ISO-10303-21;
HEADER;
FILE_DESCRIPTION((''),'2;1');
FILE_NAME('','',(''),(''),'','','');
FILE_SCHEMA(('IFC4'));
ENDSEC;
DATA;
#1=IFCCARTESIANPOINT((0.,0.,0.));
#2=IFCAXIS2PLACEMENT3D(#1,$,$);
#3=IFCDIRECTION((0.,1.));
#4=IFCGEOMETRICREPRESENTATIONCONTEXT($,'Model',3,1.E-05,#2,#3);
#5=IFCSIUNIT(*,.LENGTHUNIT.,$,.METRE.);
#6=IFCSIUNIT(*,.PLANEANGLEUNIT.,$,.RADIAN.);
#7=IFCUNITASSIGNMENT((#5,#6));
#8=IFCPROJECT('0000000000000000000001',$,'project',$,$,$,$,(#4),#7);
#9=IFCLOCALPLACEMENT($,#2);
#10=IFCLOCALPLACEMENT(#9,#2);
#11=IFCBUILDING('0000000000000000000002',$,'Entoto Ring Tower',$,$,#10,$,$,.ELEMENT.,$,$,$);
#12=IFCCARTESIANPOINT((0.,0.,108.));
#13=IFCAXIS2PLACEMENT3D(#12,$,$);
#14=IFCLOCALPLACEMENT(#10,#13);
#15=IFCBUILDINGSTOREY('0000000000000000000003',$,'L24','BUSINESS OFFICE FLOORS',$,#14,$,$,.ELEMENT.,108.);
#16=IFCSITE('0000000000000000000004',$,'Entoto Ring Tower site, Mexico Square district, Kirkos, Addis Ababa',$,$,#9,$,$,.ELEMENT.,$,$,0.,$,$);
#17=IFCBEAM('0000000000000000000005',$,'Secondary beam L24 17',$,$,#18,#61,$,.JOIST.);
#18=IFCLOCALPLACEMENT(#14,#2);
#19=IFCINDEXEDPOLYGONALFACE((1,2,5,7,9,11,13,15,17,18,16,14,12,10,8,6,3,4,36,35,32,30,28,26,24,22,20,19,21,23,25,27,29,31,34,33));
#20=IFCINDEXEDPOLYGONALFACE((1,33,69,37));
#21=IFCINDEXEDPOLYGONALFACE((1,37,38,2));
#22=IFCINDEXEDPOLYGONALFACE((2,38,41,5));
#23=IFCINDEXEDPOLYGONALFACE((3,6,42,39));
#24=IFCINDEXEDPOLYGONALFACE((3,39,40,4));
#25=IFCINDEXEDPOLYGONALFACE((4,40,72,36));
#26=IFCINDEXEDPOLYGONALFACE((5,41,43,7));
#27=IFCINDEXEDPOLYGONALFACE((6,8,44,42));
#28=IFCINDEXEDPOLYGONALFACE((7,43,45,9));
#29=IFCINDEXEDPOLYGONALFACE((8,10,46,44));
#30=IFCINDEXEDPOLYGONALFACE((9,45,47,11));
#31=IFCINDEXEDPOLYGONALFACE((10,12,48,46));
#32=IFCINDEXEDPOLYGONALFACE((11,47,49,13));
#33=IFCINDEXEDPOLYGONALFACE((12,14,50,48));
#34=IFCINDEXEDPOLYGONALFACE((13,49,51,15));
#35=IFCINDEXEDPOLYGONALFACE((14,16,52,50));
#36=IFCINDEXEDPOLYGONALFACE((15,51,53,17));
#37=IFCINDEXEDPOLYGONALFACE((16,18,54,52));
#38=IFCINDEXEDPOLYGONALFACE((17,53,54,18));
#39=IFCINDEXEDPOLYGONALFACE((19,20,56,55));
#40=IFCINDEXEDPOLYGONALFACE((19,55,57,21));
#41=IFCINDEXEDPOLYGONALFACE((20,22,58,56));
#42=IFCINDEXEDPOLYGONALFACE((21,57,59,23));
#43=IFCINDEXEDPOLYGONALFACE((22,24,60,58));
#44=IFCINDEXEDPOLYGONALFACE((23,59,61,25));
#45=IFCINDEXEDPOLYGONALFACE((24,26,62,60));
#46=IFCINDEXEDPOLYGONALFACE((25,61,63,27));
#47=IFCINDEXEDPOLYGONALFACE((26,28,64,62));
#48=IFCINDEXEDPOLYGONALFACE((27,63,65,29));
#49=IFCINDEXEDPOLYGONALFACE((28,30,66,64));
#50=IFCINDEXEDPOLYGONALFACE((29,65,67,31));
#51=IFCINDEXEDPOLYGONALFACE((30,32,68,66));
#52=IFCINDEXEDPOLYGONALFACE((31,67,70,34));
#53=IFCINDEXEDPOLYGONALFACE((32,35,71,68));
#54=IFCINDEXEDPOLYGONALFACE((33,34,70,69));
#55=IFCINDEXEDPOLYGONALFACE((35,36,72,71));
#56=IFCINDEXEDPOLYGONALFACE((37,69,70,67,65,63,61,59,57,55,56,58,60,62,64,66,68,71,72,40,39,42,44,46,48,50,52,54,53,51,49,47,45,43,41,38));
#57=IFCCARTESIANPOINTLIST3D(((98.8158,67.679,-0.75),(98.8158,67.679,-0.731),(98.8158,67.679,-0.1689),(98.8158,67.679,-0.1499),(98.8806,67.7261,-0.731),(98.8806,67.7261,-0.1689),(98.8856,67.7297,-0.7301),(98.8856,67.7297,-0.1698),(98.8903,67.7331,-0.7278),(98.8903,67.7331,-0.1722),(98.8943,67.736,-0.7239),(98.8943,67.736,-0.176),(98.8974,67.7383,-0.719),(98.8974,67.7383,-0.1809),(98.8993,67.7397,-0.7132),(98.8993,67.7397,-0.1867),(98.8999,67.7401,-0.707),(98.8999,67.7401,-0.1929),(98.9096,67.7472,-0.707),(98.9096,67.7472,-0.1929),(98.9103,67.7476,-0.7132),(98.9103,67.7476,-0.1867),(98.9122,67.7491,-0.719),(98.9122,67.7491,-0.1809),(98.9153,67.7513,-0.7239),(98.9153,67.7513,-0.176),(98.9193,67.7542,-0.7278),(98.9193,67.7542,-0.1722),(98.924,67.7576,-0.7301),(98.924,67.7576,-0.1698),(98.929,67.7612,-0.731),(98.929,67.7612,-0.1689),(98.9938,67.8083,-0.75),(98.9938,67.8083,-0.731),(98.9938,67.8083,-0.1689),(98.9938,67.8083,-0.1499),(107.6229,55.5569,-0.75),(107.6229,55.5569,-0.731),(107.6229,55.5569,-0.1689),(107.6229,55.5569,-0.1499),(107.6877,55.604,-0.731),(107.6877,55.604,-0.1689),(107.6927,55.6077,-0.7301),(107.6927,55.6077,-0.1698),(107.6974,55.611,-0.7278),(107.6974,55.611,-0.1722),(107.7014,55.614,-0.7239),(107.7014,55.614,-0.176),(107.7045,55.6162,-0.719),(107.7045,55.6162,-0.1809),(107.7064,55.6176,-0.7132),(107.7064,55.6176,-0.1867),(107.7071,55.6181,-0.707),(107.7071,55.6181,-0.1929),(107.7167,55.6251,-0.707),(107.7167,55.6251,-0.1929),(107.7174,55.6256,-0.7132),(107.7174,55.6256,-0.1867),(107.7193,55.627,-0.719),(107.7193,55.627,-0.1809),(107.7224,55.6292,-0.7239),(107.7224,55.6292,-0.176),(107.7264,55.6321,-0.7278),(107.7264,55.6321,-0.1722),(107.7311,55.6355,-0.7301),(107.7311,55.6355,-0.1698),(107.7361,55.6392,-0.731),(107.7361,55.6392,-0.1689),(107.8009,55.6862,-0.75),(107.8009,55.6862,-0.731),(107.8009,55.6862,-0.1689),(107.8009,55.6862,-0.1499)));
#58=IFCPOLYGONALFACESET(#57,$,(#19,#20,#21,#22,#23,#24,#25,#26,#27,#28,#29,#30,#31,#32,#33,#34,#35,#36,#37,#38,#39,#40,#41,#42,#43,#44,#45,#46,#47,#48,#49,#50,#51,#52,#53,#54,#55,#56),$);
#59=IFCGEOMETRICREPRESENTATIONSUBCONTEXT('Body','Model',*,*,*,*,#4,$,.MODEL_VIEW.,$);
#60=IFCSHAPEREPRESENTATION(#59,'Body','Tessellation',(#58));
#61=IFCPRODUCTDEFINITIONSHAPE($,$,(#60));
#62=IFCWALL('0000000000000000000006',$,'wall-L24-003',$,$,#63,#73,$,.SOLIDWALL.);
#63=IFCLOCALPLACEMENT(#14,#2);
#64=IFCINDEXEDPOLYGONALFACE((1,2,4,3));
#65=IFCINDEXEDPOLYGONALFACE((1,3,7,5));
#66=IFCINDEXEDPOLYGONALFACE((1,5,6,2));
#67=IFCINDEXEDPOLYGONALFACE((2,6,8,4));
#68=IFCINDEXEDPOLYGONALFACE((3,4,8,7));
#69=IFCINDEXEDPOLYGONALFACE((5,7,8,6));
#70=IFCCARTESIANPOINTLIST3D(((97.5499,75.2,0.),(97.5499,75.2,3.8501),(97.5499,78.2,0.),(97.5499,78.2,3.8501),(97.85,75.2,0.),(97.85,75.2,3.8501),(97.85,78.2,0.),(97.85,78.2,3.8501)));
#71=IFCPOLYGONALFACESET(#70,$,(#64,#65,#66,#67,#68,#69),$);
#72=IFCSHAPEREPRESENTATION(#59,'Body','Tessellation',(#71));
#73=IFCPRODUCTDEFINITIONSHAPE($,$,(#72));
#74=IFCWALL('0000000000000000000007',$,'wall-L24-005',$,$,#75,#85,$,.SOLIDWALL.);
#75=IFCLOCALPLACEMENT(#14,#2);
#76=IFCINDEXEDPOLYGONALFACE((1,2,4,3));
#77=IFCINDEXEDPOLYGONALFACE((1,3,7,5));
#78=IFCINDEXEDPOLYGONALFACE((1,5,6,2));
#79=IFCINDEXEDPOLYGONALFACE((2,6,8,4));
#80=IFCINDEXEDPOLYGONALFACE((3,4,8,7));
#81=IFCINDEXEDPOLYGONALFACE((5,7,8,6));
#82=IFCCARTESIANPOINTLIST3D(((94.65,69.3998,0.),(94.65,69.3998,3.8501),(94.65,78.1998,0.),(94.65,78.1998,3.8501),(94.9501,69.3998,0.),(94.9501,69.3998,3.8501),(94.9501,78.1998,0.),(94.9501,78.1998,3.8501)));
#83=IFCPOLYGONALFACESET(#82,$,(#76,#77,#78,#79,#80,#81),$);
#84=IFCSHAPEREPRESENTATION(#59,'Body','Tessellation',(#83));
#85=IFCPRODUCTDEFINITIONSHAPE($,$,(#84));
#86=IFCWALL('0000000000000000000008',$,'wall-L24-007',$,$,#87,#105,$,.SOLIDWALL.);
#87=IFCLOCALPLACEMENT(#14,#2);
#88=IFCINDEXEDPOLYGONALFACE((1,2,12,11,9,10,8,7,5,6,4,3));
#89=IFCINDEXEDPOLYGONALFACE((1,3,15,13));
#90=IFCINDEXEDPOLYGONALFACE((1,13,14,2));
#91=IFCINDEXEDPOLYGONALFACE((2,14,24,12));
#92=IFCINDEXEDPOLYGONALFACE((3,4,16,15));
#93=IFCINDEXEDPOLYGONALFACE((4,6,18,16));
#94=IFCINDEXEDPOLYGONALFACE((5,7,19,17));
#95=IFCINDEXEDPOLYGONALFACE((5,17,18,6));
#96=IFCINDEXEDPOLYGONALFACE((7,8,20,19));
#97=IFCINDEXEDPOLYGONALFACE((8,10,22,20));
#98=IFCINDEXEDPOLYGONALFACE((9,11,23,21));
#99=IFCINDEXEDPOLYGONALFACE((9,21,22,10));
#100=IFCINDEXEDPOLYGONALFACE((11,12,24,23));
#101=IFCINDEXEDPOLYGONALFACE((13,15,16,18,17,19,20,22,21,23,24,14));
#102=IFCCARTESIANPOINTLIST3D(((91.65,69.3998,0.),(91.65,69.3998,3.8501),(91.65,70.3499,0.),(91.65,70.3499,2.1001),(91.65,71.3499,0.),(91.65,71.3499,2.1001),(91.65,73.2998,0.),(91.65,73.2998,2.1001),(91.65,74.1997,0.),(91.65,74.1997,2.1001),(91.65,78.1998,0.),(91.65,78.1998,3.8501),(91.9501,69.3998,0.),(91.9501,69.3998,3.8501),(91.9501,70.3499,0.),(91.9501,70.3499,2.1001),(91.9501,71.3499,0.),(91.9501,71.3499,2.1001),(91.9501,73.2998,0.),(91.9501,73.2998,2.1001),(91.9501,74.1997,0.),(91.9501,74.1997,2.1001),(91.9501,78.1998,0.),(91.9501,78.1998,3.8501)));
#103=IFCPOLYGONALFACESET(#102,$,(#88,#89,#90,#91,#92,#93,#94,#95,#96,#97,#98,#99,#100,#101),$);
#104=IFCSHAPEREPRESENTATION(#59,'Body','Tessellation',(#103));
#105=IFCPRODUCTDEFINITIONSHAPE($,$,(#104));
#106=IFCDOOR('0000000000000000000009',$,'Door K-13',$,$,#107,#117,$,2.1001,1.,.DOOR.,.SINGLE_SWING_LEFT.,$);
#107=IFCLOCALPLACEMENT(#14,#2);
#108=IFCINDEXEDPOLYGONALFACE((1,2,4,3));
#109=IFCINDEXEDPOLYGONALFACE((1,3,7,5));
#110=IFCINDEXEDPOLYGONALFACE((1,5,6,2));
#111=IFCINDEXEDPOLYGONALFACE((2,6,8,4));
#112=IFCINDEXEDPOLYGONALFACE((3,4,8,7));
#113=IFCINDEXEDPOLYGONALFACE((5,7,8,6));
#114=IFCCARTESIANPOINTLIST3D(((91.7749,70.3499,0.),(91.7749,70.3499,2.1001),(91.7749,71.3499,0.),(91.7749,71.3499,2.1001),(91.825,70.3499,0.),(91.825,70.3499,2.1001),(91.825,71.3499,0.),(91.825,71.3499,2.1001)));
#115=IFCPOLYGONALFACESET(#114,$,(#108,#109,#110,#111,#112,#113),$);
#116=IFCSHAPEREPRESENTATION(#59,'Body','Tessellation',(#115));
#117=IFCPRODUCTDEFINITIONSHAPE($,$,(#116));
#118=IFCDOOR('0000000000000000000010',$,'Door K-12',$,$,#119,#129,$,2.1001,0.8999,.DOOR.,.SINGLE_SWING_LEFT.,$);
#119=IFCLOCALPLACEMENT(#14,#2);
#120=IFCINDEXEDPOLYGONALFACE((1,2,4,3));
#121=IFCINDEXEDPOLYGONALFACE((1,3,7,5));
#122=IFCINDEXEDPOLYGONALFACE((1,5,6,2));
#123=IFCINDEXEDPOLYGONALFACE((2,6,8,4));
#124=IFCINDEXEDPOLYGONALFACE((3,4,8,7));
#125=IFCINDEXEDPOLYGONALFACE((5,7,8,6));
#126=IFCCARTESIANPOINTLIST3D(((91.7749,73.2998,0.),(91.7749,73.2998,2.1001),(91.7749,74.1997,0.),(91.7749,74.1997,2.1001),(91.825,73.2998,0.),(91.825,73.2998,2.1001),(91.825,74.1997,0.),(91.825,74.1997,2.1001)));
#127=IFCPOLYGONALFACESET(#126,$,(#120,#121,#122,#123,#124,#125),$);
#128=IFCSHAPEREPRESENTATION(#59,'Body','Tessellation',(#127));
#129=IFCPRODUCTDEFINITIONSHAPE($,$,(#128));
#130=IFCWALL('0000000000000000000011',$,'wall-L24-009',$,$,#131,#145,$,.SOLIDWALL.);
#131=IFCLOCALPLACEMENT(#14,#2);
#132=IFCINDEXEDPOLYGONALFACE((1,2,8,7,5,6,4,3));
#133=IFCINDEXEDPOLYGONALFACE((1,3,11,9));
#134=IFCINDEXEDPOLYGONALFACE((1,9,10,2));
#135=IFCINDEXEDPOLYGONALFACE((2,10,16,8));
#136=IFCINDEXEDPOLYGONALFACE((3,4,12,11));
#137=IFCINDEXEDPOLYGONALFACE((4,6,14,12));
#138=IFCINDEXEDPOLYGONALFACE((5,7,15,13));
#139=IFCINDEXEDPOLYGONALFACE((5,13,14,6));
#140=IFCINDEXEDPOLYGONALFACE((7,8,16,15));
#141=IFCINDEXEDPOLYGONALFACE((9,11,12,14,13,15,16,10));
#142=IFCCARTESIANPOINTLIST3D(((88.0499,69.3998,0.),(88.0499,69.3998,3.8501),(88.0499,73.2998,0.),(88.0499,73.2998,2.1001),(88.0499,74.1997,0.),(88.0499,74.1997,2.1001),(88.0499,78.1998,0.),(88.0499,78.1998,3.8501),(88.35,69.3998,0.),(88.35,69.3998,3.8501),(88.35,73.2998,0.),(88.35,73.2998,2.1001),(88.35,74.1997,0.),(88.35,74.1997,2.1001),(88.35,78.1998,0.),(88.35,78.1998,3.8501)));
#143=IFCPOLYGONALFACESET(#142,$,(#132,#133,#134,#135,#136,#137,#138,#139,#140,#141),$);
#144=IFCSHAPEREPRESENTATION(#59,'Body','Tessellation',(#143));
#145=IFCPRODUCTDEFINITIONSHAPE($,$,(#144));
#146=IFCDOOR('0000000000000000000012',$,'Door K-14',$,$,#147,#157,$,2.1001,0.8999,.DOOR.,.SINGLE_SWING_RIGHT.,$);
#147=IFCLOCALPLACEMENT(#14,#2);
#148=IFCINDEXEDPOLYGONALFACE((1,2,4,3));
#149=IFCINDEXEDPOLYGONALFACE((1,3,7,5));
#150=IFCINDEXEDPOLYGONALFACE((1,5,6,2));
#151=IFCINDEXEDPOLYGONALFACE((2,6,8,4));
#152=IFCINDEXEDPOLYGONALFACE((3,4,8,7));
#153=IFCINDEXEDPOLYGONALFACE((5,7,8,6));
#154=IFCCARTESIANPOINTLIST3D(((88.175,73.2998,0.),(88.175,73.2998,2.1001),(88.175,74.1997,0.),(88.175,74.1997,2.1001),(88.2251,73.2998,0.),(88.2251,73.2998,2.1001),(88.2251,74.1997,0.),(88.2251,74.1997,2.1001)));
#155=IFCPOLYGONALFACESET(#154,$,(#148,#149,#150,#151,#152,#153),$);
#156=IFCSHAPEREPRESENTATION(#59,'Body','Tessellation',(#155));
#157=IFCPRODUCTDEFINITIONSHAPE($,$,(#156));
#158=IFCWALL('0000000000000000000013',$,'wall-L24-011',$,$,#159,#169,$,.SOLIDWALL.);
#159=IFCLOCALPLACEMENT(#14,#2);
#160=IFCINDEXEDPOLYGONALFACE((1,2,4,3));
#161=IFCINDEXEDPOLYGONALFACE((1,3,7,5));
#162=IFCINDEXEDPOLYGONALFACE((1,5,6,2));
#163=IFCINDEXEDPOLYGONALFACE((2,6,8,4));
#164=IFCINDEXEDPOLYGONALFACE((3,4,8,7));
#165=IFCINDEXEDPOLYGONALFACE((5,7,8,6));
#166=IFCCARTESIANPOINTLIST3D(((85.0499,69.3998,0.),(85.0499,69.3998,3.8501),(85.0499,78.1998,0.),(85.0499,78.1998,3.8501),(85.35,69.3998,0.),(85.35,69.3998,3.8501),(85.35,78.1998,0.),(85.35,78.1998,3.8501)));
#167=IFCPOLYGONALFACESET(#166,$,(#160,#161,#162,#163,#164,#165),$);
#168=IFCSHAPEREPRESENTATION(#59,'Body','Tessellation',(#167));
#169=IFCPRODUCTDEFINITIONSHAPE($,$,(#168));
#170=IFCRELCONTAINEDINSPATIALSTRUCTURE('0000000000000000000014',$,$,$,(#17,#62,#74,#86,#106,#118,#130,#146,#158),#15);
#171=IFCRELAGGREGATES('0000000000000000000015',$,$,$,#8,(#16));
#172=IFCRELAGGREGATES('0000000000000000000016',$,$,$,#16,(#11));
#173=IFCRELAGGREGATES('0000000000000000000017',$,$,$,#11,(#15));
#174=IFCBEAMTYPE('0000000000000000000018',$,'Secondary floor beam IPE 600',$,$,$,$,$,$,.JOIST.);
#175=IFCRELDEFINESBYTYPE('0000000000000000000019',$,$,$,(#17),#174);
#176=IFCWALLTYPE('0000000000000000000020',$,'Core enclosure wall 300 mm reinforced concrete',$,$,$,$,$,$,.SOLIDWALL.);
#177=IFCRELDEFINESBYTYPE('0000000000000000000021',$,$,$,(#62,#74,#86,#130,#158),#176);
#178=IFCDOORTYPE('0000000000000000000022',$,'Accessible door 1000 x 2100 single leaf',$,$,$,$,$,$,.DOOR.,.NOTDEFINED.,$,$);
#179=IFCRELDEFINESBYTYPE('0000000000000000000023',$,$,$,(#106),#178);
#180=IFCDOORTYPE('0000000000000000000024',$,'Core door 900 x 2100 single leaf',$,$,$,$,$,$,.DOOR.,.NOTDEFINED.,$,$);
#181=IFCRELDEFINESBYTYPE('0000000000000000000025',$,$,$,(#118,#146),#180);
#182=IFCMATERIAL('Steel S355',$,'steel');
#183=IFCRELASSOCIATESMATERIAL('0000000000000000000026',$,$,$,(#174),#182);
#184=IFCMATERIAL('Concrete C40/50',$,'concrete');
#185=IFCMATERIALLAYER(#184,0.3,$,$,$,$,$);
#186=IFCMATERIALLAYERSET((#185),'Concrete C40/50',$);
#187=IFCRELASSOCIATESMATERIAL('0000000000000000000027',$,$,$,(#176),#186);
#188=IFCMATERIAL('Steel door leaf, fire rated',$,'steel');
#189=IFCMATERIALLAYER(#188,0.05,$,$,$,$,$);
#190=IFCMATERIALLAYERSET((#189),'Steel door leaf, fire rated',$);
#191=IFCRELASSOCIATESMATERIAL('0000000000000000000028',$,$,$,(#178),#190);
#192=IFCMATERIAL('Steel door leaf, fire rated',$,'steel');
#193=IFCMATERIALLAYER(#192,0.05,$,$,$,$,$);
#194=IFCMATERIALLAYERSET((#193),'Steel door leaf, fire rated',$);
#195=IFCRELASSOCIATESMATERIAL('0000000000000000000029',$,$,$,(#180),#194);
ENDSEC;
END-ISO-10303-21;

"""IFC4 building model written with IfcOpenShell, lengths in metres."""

from ifc_helpers import new_model, si_unit, direction, frame, frame_2d, origin, origin_2d, place, context, subcontext, project, spatial, rectangle, i_section, extrude, material, layer, layer_set, material_profile, profile_set, type_object, element, fill, save


model = new_model("IFC4")

# Units and contexts
model_context = context("Model", 3, precision=1e-05, world=origin(), true_north=direction((0.0, 1.0)))
body_context = subcontext(model_context, "Body", "Model", "MODEL_VIEW")
ifc_project = project(units=[si_unit("LENGTHUNIT", "METRE"), si_unit("PLANEANGLEUNIT", "RADIAN")], contexts=[model_context])

# Site, building, storey
site_placement = place(None, origin())
site = spatial("IfcSite", under=ifc_project, at=site_placement, Name="Entoto Ring Tower site, Mexico Square district, Kirkos, Addis Ababa", CompositionType="ELEMENT", RefElevation=0.0)
building_placement = place(site_placement, origin())
building = spatial("IfcBuilding", under=site, at=building_placement, Name="Entoto Ring Tower", CompositionType="ELEMENT")
storey_placement = place(building_placement, frame((0.0, 0.0, 108.0)))
storey = spatial("IfcBuildingStorey", under=building, at=storey_placement, Name="L24", Description="BUSINESS OFFICE FLOORS", CompositionType="ELEMENT", Elevation=108.0)

# Beam
ifc_material_1 = material(Name="Steel S355", Category="steel")
ifc_material_profile_1 = material_profile(ifc_material_1, i_section(OverallWidth=0.22, OverallDepth=0.6001, WebThickness=0.012, FlangeThickness=0.019, FilletRadius=0.0239, at=origin_2d()), Name="IPE 600")
ifc_profile_set_1 = profile_set([ifc_material_profile_1], Name="Steel S355")
beam_type_1 = type_object("IfcBeamType", Name="Secondary floor beam IPE 600", PredefinedType="JOIST", material=ifc_profile_set_1)
beam_1_placement = place(storey_placement, frame((98.9048, 67.7437, -0.45), z_axis=(0.587782, -0.809019, 0.0), x_axis=(0.809019, 0.587782, 0.0)))
element("IfcBeam", 1, at=beam_1_placement, inside=storey, type_object=beam_type_1, Name="Secondary beam L24 17", PredefinedType="JOIST", context=body_context, shape_type="SweptSolid", body=[
    extrude(i_section(OverallWidth=0.22, OverallDepth=0.6001, WebThickness=0.012, FlangeThickness=0.019, FilletRadius=0.0239, at=origin_2d()), origin(), (0.0, 0.0, 1.0), 14.9836),
])

# Walls
ifc_material_2 = material(Name="Concrete C40/50", Category="concrete")
ifc_layer_1 = layer(ifc_material_2, 0.3)
ifc_layer_set_1 = layer_set([ifc_layer_1], Name="Concrete C40/50")
wall_type_1 = type_object("IfcWallType", Name="Core enclosure wall 300 mm reinforced concrete", PredefinedType="SOLIDWALL", material=ifc_layer_set_1)
wall_1_placement = place(storey_placement, frame((97.7, 75.2, 0.0), z_axis=(0.0, 0.0, 1.0), x_axis=(0.0, 1.0, 0.0)))
element("IfcWall", 2, at=wall_1_placement, inside=storey, type_object=wall_type_1, Name="wall-L24-003", PredefinedType="SOLIDWALL", context=body_context, shape_type="SweptSolid", body=[
    extrude(rectangle(XDim=3.0, YDim=0.3, at=frame_2d((1.5, 0.0))), origin(), (0.0, 0.0, 1.0), 3.8501),
])
wall_2_placement = place(storey_placement, frame((94.8, 69.3999, 0.0), z_axis=(0.0, 0.0, 1.0), x_axis=(0.0, 1.0, 0.0)))
element("IfcWall", 3, at=wall_2_placement, inside=storey, type_object=wall_type_1, Name="wall-L24-005", PredefinedType="SOLIDWALL", context=body_context, shape_type="SweptSolid", body=[
    extrude(rectangle(XDim=8.8, YDim=0.3, at=frame_2d((4.3999, 0.0))), origin(), (0.0, 0.0, 1.0), 3.8501),
])

# Wall, openings, doors
wall_3_placement = place(storey_placement, frame((91.8, 69.3999, 0.0), z_axis=(0.0, 0.0, 1.0), x_axis=(0.0, 1.0, 0.0)))
wall_3 = element("IfcWall", 4, at=wall_3_placement, inside=storey, type_object=wall_type_1, Name="wall-L24-007", PredefinedType="SOLIDWALL", context=body_context, shape_type="SweptSolid", body=[
    extrude(rectangle(XDim=8.8, YDim=0.3, at=frame_2d((4.3999, 0.0))), origin(), (0.0, 0.0, 1.0), 3.8501),
])
opening_1_placement = place(wall_3_placement, frame((3.8999, 0.0, 0.0)))
opening_1 = element("IfcOpeningElement", 5, at=opening_1_placement, cuts=wall_3, PredefinedType="OPENING", context=body_context, shape_type="SweptSolid", body=[
    extrude(rectangle(XDim=0.8999, YDim=2.1001, at=frame_2d((0.45, 1.05))), frame((0.0, 0.1602, 0.0), z_axis=(0.0, -1.0, 0.0), x_axis=(1.0, 0.0, 0.0)), (0.0, 0.0, 1.0), 0.3201),
])
opening_2_placement = place(wall_3_placement, frame((0.95, 0.0, 0.0)))
opening_2 = element("IfcOpeningElement", 6, at=opening_2_placement, cuts=wall_3, PredefinedType="OPENING", context=body_context, shape_type="SweptSolid", body=[
    extrude(rectangle(XDim=1.0, YDim=2.1001, at=frame_2d((0.5, 1.05))), frame((0.0, 0.1602, 0.0), z_axis=(0.0, -1.0, 0.0), x_axis=(1.0, 0.0, 0.0)), (0.0, 0.0, 1.0), 0.3201),
])
ifc_material_3 = material(Name="Steel door leaf, fire rated", Category="steel")
ifc_layer_2 = layer(ifc_material_3, 0.05)
ifc_layer_set_2 = layer_set([ifc_layer_2], Name="Steel door leaf, fire rated")
door_type_1 = type_object("IfcDoorType", Name="Accessible door 1000 x 2100 single leaf", OperationType="NOTDEFINED", PredefinedType="DOOR", material=ifc_layer_set_2)
door_1_placement = place(opening_2_placement, frame((1.0, 0.0, 0.0), z_axis=(0.0, 0.0, 1.0), x_axis=(-1.0, 0.0, 0.0)))
door_1 = element("IfcDoor", 7, at=door_1_placement, inside=storey, type_object=door_type_1, Name="Door K-13", OperationType="SINGLE_SWING_LEFT", OverallHeight=2.1001, OverallWidth=1.0, PredefinedType="DOOR", context=body_context, shape_type="SweptSolid", body=[
    extrude(rectangle(XDim=1.0, YDim=2.1001, at=frame_2d((0.5, 1.05))), frame((0.0, 0.0249, 0.0), z_axis=(0.0, -1.0, 0.0), x_axis=(1.0, 0.0, 0.0)), (0.0, 0.0, 1.0), 0.05),
])
fill(opening_2, door_1)
ifc_material_4 = material(Name="Steel door leaf, fire rated", Category="steel")
ifc_layer_3 = layer(ifc_material_4, 0.05)
ifc_layer_set_3 = layer_set([ifc_layer_3], Name="Steel door leaf, fire rated")
door_type_2 = type_object("IfcDoorType", Name="Core door 900 x 2100 single leaf", OperationType="NOTDEFINED", PredefinedType="DOOR", material=ifc_layer_set_3)
door_2_placement = place(opening_1_placement, frame((0.8999, 0.0, 0.0), z_axis=(0.0, 0.0, 1.0), x_axis=(-1.0, 0.0, 0.0)))
door_2 = element("IfcDoor", 8, at=door_2_placement, inside=storey, type_object=door_type_2, Name="Door K-12", OperationType="SINGLE_SWING_LEFT", OverallHeight=2.1001, OverallWidth=0.8999, PredefinedType="DOOR", context=body_context, shape_type="SweptSolid", body=[
    extrude(rectangle(XDim=0.8999, YDim=2.1001, at=frame_2d((0.45, 1.05))), frame((0.0, 0.0249, 0.0), z_axis=(0.0, -1.0, 0.0), x_axis=(1.0, 0.0, 0.0)), (0.0, 0.0, 1.0), 0.05),
])
fill(opening_1, door_2)

# Wall, opening, door
wall_4_placement = place(storey_placement, frame((88.2, 69.3999, 0.0), z_axis=(0.0, 0.0, 1.0), x_axis=(0.0, 1.0, 0.0)))
wall_4 = element("IfcWall", 9, at=wall_4_placement, inside=storey, type_object=wall_type_1, Name="wall-L24-009", PredefinedType="SOLIDWALL", context=body_context, shape_type="SweptSolid", body=[
    extrude(rectangle(XDim=8.8, YDim=0.3, at=frame_2d((4.3999, 0.0))), origin(), (0.0, 0.0, 1.0), 3.8501),
])
opening_3_placement = place(wall_4_placement, frame((3.8999, 0.0, 0.0)))
opening_3 = element("IfcOpeningElement", 10, at=opening_3_placement, cuts=wall_4, PredefinedType="OPENING", context=body_context, shape_type="SweptSolid", body=[
    extrude(rectangle(XDim=0.8999, YDim=2.1001, at=frame_2d((0.45, 1.05))), frame((0.0, 0.1602, 0.0), z_axis=(0.0, -1.0, 0.0), x_axis=(1.0, 0.0, 0.0)), (0.0, 0.0, 1.0), 0.3201),
])
door_3_placement = place(opening_3_placement, origin())
door_3 = element("IfcDoor", 11, at=door_3_placement, inside=storey, type_object=door_type_2, Name="Door K-14", OperationType="SINGLE_SWING_RIGHT", OverallHeight=2.1001, OverallWidth=0.8999, PredefinedType="DOOR", context=body_context, shape_type="SweptSolid", body=[
    extrude(rectangle(XDim=0.8999, YDim=2.1001, at=frame_2d((0.45, 1.05))), frame((0.0, 0.0249, 0.0), z_axis=(0.0, -1.0, 0.0), x_axis=(1.0, 0.0, 0.0)), (0.0, 0.0, 1.0), 0.05),
])
fill(opening_3, door_3)

# Wall
wall_5_placement = place(storey_placement, frame((85.2, 69.3999, 0.0), z_axis=(0.0, 0.0, 1.0), x_axis=(0.0, 1.0, 0.0)))
element("IfcWall", 12, at=wall_5_placement, inside=storey, type_object=wall_type_1, Name="wall-L24-011", PredefinedType="SOLIDWALL", context=body_context, shape_type="SweptSolid", body=[
    extrude(rectangle(XDim=8.8, YDim=0.3, at=frame_2d((4.3999, 0.0))), origin(), (0.0, 0.0, 1.0), 3.8501),
])

save(model, "model.ifc")
